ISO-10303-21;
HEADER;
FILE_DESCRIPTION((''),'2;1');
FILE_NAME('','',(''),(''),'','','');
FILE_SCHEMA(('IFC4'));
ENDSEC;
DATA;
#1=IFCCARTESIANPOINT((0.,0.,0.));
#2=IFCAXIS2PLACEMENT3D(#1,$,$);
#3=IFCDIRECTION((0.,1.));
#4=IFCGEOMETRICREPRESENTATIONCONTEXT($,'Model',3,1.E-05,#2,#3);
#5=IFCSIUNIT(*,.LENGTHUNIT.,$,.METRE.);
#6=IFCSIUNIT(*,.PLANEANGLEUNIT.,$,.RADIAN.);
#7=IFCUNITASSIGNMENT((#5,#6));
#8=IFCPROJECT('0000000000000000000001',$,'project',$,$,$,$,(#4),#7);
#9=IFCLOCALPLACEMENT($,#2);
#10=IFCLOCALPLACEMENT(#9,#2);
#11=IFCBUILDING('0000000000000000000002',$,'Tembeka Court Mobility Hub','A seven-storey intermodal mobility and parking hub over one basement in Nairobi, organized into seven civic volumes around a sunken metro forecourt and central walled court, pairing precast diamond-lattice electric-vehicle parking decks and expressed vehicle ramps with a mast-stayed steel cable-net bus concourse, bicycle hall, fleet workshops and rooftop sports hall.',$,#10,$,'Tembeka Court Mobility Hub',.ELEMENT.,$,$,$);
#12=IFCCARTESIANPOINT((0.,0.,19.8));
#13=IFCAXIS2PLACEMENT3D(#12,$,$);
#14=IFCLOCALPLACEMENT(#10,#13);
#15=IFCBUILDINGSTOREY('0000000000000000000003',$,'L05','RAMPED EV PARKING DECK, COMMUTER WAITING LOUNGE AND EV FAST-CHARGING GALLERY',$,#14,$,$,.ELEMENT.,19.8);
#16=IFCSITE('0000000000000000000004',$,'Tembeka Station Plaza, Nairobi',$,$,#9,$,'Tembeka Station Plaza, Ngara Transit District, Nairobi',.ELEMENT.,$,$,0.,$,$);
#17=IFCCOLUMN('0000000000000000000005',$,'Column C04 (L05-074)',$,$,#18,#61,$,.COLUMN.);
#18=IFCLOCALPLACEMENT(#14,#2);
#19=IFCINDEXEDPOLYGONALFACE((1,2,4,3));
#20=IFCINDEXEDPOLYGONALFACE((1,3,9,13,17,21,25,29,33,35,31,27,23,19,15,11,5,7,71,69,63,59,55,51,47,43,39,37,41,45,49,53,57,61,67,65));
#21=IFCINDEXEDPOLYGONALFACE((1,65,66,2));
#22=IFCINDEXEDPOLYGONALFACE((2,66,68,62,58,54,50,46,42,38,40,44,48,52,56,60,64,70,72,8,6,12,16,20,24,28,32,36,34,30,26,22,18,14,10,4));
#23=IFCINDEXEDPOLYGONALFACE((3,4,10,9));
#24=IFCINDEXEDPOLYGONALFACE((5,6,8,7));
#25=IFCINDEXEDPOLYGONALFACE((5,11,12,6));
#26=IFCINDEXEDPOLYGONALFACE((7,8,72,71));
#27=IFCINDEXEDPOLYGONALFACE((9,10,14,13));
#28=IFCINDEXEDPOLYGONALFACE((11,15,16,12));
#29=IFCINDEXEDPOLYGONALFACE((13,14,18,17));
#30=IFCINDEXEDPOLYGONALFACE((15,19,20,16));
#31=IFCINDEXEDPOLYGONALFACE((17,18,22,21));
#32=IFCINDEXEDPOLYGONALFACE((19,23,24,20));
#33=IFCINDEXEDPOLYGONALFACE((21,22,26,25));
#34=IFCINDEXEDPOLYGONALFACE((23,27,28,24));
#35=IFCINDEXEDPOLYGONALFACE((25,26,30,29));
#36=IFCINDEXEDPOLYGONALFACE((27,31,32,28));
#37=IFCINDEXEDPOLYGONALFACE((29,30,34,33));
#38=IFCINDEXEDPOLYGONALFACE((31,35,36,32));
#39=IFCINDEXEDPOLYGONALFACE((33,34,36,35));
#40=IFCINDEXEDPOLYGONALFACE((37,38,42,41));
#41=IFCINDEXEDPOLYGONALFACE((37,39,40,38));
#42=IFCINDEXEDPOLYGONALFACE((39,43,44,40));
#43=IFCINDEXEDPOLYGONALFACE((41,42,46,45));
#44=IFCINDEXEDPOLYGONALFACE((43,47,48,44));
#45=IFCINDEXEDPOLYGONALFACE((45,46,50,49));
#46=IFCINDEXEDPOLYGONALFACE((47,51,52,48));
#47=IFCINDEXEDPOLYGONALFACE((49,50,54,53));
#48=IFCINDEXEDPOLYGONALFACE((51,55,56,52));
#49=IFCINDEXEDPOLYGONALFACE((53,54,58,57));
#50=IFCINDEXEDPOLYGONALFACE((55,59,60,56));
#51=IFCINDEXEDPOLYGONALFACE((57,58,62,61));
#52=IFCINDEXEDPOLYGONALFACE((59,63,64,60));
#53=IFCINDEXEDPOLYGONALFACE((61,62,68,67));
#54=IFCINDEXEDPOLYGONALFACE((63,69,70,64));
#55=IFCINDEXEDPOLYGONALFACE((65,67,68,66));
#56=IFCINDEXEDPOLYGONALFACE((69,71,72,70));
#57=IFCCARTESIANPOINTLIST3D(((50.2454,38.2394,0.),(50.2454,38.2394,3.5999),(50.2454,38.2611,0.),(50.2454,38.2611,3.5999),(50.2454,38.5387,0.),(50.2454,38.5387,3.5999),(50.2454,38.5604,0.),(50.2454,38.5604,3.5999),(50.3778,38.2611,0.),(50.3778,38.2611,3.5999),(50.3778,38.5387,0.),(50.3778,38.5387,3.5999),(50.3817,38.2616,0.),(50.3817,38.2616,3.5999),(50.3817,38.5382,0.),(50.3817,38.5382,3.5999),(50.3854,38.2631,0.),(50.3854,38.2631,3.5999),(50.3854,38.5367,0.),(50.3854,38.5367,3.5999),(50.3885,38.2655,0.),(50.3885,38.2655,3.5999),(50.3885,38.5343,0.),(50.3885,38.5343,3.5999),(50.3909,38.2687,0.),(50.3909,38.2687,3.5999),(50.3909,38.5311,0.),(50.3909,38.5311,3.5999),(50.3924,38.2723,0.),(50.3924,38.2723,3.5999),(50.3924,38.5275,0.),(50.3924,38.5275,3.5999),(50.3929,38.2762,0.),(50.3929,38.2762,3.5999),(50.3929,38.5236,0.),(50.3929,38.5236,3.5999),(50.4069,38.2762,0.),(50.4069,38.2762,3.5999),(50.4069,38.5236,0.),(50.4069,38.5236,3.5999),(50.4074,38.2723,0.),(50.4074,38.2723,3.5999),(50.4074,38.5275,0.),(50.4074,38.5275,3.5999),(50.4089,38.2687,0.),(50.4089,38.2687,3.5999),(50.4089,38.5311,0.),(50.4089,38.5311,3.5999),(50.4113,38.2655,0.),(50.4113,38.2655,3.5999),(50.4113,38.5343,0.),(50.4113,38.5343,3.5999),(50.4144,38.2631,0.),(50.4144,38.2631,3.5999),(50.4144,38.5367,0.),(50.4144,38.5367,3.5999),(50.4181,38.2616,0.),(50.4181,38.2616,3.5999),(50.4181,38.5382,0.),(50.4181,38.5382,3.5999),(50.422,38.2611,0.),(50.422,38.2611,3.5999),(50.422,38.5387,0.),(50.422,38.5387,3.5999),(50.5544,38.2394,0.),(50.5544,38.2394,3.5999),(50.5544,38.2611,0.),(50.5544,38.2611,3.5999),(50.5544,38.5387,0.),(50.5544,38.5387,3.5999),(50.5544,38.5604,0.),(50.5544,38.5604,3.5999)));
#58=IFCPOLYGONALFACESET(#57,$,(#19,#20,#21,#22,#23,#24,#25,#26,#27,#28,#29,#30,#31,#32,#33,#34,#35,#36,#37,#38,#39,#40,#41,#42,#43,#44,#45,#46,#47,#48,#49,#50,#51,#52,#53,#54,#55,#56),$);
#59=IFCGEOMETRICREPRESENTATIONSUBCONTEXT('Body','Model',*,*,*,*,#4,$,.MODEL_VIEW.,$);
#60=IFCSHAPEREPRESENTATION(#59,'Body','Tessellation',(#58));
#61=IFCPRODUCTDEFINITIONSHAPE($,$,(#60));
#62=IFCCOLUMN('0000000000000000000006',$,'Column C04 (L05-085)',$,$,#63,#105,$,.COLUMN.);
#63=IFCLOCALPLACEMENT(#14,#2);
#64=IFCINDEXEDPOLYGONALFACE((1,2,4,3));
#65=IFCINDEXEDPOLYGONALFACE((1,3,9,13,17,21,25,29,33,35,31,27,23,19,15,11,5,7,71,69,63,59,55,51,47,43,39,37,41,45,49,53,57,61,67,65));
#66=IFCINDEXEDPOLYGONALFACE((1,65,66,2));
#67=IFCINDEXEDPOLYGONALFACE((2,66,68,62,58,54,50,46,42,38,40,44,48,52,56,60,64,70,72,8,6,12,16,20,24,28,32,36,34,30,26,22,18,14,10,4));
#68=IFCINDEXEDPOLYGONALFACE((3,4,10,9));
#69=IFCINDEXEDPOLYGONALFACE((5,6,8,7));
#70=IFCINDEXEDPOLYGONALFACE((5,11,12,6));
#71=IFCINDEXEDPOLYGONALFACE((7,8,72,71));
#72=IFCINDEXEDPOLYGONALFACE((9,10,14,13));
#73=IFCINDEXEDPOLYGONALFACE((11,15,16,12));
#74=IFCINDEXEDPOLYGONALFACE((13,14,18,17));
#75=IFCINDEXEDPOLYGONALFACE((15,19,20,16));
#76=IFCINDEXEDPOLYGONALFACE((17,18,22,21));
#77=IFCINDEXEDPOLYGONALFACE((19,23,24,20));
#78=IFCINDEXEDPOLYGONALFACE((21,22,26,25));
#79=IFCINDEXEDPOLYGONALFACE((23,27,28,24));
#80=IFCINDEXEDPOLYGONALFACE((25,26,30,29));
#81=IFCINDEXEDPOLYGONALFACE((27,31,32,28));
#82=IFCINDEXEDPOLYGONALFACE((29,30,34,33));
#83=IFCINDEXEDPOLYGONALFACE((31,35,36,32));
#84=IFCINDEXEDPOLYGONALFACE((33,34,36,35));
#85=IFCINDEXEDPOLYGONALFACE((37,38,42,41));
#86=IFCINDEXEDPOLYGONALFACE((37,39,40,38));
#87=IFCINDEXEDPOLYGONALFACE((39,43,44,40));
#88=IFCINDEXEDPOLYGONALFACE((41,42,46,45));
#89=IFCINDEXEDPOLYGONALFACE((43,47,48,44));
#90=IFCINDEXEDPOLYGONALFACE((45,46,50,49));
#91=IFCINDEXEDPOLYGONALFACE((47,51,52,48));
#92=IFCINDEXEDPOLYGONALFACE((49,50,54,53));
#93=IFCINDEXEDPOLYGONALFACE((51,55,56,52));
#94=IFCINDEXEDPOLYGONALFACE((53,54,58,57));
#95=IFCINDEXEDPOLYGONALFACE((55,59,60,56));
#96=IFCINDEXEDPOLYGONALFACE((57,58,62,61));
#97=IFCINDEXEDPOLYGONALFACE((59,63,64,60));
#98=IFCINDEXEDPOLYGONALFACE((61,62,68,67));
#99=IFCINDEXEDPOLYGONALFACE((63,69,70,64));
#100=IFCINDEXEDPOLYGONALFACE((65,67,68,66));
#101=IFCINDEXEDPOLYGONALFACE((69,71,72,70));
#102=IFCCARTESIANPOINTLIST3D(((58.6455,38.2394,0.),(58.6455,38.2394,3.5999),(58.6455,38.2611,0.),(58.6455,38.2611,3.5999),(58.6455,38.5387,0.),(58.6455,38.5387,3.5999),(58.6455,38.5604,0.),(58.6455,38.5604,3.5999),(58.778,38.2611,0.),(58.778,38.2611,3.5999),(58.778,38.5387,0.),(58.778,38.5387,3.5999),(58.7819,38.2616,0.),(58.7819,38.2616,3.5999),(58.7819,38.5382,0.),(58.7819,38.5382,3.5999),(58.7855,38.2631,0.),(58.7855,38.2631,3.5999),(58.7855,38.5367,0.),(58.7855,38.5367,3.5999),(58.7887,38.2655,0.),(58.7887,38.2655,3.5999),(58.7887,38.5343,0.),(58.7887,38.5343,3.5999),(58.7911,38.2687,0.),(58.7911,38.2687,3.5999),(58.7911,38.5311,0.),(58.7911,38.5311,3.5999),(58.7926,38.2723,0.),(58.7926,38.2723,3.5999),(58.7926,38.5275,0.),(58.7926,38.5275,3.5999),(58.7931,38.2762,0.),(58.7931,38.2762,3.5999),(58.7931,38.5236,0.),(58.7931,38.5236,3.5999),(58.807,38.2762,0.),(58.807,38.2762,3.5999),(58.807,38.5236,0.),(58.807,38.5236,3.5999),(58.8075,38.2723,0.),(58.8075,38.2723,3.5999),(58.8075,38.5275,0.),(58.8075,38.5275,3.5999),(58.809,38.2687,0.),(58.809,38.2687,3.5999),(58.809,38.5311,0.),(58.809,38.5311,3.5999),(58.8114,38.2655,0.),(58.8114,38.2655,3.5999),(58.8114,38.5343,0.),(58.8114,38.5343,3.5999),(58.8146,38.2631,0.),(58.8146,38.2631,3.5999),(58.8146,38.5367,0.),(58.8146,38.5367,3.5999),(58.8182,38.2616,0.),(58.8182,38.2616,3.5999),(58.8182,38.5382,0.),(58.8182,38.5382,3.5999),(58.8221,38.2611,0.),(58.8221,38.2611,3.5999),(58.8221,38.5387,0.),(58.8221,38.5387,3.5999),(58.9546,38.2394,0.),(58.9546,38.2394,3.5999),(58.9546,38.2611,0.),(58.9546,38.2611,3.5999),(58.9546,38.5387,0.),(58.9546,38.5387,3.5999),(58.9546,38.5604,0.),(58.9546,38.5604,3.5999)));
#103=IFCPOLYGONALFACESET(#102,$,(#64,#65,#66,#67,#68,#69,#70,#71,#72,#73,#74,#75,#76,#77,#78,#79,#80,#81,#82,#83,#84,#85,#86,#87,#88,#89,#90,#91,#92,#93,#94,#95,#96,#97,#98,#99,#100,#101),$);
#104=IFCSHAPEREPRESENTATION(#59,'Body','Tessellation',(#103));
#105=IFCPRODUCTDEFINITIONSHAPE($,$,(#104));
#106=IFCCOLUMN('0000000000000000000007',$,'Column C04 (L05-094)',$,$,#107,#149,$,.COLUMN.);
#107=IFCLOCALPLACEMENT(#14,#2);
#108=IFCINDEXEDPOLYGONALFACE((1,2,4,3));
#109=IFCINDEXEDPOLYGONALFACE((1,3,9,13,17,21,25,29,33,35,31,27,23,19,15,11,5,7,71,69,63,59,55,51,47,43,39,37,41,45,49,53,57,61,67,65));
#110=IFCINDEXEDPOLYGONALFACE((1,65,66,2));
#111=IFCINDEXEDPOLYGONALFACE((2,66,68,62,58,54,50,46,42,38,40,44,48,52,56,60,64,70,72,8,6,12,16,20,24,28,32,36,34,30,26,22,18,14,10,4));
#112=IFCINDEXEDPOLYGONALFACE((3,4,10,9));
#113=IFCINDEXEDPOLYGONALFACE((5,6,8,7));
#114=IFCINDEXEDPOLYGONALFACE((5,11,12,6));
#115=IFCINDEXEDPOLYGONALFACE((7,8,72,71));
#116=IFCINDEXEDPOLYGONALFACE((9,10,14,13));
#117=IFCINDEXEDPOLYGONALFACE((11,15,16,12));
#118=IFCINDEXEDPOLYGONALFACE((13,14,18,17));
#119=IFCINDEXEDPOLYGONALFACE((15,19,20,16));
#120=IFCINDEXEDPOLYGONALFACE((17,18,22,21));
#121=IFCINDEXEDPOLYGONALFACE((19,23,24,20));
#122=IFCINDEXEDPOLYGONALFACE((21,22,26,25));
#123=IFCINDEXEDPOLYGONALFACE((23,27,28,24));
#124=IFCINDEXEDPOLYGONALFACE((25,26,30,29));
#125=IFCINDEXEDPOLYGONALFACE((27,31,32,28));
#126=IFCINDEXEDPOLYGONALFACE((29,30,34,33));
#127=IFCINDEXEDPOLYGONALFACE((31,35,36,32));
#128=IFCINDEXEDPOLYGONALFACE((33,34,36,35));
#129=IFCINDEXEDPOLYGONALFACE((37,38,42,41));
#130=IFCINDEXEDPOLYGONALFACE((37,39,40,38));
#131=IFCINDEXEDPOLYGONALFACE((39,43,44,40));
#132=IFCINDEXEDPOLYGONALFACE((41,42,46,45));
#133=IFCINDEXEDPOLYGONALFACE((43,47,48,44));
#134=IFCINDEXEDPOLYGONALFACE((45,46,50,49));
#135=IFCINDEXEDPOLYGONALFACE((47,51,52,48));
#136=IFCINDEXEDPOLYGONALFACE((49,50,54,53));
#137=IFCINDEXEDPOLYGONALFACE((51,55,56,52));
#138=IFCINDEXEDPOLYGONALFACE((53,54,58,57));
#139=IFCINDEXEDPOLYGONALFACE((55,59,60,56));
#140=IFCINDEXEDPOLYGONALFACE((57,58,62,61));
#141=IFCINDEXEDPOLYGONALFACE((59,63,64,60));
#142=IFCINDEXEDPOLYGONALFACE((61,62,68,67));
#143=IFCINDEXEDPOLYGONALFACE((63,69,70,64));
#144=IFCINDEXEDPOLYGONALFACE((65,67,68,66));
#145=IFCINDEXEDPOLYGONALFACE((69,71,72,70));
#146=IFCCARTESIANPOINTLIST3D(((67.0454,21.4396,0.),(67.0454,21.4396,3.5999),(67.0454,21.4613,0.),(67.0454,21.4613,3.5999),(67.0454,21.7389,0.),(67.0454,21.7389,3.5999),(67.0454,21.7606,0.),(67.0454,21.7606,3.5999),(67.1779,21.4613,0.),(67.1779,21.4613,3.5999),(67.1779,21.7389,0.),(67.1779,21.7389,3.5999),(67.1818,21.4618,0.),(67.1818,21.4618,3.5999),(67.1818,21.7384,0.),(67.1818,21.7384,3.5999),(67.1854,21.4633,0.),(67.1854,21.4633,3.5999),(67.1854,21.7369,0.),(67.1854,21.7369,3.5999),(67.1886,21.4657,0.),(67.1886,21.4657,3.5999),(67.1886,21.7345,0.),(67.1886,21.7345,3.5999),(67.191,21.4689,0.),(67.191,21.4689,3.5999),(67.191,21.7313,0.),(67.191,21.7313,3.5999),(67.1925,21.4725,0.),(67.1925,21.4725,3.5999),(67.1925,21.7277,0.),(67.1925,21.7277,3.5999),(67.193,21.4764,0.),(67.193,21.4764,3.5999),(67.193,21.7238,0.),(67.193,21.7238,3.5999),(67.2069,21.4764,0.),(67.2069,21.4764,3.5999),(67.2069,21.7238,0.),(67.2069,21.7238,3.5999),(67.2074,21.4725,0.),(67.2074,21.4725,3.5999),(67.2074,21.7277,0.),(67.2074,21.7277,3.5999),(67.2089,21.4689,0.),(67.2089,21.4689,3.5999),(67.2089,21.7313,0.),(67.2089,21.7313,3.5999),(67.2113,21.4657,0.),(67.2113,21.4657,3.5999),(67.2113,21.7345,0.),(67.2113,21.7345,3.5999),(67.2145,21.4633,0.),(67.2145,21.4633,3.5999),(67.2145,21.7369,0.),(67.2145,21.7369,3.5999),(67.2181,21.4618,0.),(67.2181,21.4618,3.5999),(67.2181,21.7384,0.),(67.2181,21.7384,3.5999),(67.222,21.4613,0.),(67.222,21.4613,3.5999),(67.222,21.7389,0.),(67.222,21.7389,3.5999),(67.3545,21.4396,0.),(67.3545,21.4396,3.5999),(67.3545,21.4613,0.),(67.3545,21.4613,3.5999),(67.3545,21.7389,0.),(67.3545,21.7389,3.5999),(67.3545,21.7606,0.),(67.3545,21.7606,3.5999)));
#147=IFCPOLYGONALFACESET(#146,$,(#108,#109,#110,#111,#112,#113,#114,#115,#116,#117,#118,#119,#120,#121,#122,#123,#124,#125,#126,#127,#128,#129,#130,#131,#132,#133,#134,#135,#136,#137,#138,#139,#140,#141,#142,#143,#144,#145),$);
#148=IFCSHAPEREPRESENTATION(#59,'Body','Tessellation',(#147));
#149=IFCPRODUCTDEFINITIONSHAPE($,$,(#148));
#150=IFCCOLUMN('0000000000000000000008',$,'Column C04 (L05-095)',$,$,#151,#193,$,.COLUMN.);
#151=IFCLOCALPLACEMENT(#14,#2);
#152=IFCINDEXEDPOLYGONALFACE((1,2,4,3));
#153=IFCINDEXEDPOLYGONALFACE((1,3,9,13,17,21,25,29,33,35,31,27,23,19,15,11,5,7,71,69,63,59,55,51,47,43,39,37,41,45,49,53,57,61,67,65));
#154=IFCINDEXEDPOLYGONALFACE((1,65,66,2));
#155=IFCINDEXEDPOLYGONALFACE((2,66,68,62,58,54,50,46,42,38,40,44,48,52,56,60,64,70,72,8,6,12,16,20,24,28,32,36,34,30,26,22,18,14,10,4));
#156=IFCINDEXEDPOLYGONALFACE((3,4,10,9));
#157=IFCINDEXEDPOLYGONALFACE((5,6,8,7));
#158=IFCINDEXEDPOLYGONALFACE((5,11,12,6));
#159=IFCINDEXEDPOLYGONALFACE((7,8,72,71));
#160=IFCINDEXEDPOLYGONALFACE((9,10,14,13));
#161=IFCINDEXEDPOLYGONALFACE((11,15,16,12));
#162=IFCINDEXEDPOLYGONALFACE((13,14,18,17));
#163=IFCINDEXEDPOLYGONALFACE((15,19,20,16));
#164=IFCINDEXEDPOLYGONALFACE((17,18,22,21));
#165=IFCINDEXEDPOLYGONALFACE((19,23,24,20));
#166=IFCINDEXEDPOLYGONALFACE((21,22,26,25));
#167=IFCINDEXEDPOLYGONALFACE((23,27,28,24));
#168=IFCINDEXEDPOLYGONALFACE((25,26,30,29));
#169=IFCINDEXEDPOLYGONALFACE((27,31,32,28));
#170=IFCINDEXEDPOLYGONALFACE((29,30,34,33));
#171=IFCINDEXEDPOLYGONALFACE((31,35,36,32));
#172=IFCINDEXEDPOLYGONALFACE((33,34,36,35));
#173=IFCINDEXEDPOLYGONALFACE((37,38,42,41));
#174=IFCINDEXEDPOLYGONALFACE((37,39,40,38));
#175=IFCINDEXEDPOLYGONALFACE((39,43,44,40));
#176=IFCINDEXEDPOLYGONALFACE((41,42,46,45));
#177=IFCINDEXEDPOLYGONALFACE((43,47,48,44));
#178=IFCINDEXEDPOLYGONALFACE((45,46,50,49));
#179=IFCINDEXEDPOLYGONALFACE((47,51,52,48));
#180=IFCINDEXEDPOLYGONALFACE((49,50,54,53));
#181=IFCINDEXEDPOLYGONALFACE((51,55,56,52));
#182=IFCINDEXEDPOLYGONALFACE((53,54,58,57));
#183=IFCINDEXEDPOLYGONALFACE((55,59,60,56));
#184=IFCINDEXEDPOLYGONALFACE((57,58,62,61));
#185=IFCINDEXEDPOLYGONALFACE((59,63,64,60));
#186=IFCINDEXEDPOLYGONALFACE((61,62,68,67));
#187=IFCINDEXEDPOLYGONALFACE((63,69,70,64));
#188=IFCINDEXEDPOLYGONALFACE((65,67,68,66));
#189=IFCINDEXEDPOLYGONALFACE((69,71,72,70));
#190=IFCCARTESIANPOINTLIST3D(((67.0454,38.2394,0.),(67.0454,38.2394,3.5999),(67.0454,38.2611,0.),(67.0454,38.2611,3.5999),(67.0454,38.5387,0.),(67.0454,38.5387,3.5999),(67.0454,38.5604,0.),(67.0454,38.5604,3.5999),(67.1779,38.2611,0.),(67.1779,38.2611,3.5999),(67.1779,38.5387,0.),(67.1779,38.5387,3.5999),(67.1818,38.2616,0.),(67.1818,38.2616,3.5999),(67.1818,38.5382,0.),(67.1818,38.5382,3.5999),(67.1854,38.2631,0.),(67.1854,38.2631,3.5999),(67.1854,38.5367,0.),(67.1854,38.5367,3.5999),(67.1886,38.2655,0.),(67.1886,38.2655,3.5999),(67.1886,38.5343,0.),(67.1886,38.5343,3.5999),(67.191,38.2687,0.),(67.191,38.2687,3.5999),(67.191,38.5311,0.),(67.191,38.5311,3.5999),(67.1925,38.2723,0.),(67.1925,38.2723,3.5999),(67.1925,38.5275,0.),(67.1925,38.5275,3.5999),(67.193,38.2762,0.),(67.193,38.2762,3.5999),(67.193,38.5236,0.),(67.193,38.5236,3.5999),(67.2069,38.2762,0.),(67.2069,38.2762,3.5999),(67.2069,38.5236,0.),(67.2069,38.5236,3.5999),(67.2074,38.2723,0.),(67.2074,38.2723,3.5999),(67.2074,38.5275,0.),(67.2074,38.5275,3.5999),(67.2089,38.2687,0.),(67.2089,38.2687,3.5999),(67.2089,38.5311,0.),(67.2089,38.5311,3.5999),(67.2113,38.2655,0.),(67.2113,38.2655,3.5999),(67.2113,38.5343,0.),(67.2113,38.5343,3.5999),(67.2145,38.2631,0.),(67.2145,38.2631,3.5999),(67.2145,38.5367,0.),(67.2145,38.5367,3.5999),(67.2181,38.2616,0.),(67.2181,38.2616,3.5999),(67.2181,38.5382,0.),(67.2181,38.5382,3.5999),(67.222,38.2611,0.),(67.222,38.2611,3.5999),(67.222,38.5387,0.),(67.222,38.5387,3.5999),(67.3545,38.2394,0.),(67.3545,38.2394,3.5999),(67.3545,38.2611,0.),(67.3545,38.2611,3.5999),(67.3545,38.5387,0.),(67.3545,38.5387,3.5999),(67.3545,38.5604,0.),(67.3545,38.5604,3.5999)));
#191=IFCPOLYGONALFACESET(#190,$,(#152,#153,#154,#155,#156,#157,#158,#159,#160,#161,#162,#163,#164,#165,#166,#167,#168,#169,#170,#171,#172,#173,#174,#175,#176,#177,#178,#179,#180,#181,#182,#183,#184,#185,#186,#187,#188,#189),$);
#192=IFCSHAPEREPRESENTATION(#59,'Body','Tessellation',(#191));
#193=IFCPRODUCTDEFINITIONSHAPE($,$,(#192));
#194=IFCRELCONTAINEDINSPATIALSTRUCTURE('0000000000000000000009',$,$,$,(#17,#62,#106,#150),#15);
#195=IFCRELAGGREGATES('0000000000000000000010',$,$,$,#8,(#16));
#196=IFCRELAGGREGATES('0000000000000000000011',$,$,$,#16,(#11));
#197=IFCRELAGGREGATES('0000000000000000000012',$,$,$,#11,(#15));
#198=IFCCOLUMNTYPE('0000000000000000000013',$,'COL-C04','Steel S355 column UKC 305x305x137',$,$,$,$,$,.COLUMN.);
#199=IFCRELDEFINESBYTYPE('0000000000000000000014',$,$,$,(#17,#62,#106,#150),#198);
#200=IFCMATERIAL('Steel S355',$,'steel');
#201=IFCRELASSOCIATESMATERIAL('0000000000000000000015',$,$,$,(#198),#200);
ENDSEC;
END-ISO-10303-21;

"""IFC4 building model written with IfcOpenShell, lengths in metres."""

from ifc_helpers import new_model, si_unit, direction, frame, origin, origin_2d, place, context, subcontext, project, spatial, i_section, extrude, material, material_profile, profile_set, type_object, element, save


model = new_model("IFC4")

# Units and contexts
model_context = context("Model", 3, precision=1e-05, world=origin(), true_north=direction((0.0, 1.0)))
body_context = subcontext(model_context, "Body", "Model", "MODEL_VIEW")
ifc_project = project(units=[si_unit("LENGTHUNIT", "METRE"), si_unit("PLANEANGLEUNIT", "RADIAN")], contexts=[model_context])

# Site, building, storey
site_placement = place(None, origin())
site = spatial("IfcSite", under=ifc_project, at=site_placement, Name="Tembeka Station Plaza, Nairobi", LongName="Tembeka Station Plaza, Ngara Transit District, Nairobi", CompositionType="ELEMENT", RefElevation=0.0)
building_placement = place(site_placement, origin())
building = spatial("IfcBuilding", under=site, at=building_placement, Name="Tembeka Court Mobility Hub", Description="A seven-storey intermodal mobility and parking hub over one basement in Nairobi, organized into seven civic volumes around a sunken metro forecourt and central walled court, pairing precast diamond-lattice electric-vehicle parking decks and expressed vehicle ramps with a mast-stayed steel cable-net bus concourse, bicycle hall, fleet workshops and rooftop sports hall.", LongName="Tembeka Court Mobility Hub", CompositionType="ELEMENT")
storey_placement = place(building_placement, frame((0.0, 0.0, 19.8)))
storey = spatial("IfcBuildingStorey", under=building, at=storey_placement, Name="L05", Description="RAMPED EV PARKING DECK, COMMUTER WAITING LOUNGE AND EV FAST-CHARGING GALLERY", CompositionType="ELEMENT", Elevation=19.8)

# Columns
ifc_material_1 = material(Name="Steel S355", Category="steel")
ifc_material_profile_1 = material_profile(ifc_material_1, i_section(OverallWidth=0.3091, OverallDepth=0.321, WebThickness=0.0139, FlangeThickness=0.0217, FilletRadius=0.0151, at=origin_2d()), Name="UKC 305x305x137")
ifc_profile_set_1 = profile_set([ifc_material_profile_1], Name="Steel S355")
column_type = type_object("IfcColumnType", Name="COL-C04", Description="Steel S355 column UKC 305x305x137", PredefinedType="COLUMN", material=ifc_profile_set_1)
for number, where, z_axis, x_axis, name in (
    (1, (50.3999, 38.3999, 0.0), (0.0, 0.0, 1.0), (1.0, 0.0, 0.0), "Column C04 (L05-074)"),
    (2, (58.8, 38.3999, 0.0), (0.0, 0.0, 1.0), (1.0, 0.0, 0.0), "Column C04 (L05-085)"),
    (3, (67.2, 21.6001, 0.0), (0.0, 0.0, 1.0), (1.0, 0.0, 0.0), "Column C04 (L05-094)"),
    (4, (67.2, 38.3999, 0.0), (0.0, 0.0, 1.0), (1.0, 0.0, 0.0), "Column C04 (L05-095)"),
):
    element("IfcColumn", number, at=place(storey_placement, frame(where, z_axis=z_axis, x_axis=x_axis)), inside=storey, type_object=column_type, Name=name, PredefinedType="COLUMN", context=body_context, shape_type="SweptSolid", body=[
        extrude(i_section(OverallWidth=0.3091, OverallDepth=0.321, WebThickness=0.0139, FlangeThickness=0.0217, FilletRadius=0.0151, at=origin_2d()), origin(), (0.0, 0.0, 1.0), 3.5999),
    ])

save(model, "model.ifc")
